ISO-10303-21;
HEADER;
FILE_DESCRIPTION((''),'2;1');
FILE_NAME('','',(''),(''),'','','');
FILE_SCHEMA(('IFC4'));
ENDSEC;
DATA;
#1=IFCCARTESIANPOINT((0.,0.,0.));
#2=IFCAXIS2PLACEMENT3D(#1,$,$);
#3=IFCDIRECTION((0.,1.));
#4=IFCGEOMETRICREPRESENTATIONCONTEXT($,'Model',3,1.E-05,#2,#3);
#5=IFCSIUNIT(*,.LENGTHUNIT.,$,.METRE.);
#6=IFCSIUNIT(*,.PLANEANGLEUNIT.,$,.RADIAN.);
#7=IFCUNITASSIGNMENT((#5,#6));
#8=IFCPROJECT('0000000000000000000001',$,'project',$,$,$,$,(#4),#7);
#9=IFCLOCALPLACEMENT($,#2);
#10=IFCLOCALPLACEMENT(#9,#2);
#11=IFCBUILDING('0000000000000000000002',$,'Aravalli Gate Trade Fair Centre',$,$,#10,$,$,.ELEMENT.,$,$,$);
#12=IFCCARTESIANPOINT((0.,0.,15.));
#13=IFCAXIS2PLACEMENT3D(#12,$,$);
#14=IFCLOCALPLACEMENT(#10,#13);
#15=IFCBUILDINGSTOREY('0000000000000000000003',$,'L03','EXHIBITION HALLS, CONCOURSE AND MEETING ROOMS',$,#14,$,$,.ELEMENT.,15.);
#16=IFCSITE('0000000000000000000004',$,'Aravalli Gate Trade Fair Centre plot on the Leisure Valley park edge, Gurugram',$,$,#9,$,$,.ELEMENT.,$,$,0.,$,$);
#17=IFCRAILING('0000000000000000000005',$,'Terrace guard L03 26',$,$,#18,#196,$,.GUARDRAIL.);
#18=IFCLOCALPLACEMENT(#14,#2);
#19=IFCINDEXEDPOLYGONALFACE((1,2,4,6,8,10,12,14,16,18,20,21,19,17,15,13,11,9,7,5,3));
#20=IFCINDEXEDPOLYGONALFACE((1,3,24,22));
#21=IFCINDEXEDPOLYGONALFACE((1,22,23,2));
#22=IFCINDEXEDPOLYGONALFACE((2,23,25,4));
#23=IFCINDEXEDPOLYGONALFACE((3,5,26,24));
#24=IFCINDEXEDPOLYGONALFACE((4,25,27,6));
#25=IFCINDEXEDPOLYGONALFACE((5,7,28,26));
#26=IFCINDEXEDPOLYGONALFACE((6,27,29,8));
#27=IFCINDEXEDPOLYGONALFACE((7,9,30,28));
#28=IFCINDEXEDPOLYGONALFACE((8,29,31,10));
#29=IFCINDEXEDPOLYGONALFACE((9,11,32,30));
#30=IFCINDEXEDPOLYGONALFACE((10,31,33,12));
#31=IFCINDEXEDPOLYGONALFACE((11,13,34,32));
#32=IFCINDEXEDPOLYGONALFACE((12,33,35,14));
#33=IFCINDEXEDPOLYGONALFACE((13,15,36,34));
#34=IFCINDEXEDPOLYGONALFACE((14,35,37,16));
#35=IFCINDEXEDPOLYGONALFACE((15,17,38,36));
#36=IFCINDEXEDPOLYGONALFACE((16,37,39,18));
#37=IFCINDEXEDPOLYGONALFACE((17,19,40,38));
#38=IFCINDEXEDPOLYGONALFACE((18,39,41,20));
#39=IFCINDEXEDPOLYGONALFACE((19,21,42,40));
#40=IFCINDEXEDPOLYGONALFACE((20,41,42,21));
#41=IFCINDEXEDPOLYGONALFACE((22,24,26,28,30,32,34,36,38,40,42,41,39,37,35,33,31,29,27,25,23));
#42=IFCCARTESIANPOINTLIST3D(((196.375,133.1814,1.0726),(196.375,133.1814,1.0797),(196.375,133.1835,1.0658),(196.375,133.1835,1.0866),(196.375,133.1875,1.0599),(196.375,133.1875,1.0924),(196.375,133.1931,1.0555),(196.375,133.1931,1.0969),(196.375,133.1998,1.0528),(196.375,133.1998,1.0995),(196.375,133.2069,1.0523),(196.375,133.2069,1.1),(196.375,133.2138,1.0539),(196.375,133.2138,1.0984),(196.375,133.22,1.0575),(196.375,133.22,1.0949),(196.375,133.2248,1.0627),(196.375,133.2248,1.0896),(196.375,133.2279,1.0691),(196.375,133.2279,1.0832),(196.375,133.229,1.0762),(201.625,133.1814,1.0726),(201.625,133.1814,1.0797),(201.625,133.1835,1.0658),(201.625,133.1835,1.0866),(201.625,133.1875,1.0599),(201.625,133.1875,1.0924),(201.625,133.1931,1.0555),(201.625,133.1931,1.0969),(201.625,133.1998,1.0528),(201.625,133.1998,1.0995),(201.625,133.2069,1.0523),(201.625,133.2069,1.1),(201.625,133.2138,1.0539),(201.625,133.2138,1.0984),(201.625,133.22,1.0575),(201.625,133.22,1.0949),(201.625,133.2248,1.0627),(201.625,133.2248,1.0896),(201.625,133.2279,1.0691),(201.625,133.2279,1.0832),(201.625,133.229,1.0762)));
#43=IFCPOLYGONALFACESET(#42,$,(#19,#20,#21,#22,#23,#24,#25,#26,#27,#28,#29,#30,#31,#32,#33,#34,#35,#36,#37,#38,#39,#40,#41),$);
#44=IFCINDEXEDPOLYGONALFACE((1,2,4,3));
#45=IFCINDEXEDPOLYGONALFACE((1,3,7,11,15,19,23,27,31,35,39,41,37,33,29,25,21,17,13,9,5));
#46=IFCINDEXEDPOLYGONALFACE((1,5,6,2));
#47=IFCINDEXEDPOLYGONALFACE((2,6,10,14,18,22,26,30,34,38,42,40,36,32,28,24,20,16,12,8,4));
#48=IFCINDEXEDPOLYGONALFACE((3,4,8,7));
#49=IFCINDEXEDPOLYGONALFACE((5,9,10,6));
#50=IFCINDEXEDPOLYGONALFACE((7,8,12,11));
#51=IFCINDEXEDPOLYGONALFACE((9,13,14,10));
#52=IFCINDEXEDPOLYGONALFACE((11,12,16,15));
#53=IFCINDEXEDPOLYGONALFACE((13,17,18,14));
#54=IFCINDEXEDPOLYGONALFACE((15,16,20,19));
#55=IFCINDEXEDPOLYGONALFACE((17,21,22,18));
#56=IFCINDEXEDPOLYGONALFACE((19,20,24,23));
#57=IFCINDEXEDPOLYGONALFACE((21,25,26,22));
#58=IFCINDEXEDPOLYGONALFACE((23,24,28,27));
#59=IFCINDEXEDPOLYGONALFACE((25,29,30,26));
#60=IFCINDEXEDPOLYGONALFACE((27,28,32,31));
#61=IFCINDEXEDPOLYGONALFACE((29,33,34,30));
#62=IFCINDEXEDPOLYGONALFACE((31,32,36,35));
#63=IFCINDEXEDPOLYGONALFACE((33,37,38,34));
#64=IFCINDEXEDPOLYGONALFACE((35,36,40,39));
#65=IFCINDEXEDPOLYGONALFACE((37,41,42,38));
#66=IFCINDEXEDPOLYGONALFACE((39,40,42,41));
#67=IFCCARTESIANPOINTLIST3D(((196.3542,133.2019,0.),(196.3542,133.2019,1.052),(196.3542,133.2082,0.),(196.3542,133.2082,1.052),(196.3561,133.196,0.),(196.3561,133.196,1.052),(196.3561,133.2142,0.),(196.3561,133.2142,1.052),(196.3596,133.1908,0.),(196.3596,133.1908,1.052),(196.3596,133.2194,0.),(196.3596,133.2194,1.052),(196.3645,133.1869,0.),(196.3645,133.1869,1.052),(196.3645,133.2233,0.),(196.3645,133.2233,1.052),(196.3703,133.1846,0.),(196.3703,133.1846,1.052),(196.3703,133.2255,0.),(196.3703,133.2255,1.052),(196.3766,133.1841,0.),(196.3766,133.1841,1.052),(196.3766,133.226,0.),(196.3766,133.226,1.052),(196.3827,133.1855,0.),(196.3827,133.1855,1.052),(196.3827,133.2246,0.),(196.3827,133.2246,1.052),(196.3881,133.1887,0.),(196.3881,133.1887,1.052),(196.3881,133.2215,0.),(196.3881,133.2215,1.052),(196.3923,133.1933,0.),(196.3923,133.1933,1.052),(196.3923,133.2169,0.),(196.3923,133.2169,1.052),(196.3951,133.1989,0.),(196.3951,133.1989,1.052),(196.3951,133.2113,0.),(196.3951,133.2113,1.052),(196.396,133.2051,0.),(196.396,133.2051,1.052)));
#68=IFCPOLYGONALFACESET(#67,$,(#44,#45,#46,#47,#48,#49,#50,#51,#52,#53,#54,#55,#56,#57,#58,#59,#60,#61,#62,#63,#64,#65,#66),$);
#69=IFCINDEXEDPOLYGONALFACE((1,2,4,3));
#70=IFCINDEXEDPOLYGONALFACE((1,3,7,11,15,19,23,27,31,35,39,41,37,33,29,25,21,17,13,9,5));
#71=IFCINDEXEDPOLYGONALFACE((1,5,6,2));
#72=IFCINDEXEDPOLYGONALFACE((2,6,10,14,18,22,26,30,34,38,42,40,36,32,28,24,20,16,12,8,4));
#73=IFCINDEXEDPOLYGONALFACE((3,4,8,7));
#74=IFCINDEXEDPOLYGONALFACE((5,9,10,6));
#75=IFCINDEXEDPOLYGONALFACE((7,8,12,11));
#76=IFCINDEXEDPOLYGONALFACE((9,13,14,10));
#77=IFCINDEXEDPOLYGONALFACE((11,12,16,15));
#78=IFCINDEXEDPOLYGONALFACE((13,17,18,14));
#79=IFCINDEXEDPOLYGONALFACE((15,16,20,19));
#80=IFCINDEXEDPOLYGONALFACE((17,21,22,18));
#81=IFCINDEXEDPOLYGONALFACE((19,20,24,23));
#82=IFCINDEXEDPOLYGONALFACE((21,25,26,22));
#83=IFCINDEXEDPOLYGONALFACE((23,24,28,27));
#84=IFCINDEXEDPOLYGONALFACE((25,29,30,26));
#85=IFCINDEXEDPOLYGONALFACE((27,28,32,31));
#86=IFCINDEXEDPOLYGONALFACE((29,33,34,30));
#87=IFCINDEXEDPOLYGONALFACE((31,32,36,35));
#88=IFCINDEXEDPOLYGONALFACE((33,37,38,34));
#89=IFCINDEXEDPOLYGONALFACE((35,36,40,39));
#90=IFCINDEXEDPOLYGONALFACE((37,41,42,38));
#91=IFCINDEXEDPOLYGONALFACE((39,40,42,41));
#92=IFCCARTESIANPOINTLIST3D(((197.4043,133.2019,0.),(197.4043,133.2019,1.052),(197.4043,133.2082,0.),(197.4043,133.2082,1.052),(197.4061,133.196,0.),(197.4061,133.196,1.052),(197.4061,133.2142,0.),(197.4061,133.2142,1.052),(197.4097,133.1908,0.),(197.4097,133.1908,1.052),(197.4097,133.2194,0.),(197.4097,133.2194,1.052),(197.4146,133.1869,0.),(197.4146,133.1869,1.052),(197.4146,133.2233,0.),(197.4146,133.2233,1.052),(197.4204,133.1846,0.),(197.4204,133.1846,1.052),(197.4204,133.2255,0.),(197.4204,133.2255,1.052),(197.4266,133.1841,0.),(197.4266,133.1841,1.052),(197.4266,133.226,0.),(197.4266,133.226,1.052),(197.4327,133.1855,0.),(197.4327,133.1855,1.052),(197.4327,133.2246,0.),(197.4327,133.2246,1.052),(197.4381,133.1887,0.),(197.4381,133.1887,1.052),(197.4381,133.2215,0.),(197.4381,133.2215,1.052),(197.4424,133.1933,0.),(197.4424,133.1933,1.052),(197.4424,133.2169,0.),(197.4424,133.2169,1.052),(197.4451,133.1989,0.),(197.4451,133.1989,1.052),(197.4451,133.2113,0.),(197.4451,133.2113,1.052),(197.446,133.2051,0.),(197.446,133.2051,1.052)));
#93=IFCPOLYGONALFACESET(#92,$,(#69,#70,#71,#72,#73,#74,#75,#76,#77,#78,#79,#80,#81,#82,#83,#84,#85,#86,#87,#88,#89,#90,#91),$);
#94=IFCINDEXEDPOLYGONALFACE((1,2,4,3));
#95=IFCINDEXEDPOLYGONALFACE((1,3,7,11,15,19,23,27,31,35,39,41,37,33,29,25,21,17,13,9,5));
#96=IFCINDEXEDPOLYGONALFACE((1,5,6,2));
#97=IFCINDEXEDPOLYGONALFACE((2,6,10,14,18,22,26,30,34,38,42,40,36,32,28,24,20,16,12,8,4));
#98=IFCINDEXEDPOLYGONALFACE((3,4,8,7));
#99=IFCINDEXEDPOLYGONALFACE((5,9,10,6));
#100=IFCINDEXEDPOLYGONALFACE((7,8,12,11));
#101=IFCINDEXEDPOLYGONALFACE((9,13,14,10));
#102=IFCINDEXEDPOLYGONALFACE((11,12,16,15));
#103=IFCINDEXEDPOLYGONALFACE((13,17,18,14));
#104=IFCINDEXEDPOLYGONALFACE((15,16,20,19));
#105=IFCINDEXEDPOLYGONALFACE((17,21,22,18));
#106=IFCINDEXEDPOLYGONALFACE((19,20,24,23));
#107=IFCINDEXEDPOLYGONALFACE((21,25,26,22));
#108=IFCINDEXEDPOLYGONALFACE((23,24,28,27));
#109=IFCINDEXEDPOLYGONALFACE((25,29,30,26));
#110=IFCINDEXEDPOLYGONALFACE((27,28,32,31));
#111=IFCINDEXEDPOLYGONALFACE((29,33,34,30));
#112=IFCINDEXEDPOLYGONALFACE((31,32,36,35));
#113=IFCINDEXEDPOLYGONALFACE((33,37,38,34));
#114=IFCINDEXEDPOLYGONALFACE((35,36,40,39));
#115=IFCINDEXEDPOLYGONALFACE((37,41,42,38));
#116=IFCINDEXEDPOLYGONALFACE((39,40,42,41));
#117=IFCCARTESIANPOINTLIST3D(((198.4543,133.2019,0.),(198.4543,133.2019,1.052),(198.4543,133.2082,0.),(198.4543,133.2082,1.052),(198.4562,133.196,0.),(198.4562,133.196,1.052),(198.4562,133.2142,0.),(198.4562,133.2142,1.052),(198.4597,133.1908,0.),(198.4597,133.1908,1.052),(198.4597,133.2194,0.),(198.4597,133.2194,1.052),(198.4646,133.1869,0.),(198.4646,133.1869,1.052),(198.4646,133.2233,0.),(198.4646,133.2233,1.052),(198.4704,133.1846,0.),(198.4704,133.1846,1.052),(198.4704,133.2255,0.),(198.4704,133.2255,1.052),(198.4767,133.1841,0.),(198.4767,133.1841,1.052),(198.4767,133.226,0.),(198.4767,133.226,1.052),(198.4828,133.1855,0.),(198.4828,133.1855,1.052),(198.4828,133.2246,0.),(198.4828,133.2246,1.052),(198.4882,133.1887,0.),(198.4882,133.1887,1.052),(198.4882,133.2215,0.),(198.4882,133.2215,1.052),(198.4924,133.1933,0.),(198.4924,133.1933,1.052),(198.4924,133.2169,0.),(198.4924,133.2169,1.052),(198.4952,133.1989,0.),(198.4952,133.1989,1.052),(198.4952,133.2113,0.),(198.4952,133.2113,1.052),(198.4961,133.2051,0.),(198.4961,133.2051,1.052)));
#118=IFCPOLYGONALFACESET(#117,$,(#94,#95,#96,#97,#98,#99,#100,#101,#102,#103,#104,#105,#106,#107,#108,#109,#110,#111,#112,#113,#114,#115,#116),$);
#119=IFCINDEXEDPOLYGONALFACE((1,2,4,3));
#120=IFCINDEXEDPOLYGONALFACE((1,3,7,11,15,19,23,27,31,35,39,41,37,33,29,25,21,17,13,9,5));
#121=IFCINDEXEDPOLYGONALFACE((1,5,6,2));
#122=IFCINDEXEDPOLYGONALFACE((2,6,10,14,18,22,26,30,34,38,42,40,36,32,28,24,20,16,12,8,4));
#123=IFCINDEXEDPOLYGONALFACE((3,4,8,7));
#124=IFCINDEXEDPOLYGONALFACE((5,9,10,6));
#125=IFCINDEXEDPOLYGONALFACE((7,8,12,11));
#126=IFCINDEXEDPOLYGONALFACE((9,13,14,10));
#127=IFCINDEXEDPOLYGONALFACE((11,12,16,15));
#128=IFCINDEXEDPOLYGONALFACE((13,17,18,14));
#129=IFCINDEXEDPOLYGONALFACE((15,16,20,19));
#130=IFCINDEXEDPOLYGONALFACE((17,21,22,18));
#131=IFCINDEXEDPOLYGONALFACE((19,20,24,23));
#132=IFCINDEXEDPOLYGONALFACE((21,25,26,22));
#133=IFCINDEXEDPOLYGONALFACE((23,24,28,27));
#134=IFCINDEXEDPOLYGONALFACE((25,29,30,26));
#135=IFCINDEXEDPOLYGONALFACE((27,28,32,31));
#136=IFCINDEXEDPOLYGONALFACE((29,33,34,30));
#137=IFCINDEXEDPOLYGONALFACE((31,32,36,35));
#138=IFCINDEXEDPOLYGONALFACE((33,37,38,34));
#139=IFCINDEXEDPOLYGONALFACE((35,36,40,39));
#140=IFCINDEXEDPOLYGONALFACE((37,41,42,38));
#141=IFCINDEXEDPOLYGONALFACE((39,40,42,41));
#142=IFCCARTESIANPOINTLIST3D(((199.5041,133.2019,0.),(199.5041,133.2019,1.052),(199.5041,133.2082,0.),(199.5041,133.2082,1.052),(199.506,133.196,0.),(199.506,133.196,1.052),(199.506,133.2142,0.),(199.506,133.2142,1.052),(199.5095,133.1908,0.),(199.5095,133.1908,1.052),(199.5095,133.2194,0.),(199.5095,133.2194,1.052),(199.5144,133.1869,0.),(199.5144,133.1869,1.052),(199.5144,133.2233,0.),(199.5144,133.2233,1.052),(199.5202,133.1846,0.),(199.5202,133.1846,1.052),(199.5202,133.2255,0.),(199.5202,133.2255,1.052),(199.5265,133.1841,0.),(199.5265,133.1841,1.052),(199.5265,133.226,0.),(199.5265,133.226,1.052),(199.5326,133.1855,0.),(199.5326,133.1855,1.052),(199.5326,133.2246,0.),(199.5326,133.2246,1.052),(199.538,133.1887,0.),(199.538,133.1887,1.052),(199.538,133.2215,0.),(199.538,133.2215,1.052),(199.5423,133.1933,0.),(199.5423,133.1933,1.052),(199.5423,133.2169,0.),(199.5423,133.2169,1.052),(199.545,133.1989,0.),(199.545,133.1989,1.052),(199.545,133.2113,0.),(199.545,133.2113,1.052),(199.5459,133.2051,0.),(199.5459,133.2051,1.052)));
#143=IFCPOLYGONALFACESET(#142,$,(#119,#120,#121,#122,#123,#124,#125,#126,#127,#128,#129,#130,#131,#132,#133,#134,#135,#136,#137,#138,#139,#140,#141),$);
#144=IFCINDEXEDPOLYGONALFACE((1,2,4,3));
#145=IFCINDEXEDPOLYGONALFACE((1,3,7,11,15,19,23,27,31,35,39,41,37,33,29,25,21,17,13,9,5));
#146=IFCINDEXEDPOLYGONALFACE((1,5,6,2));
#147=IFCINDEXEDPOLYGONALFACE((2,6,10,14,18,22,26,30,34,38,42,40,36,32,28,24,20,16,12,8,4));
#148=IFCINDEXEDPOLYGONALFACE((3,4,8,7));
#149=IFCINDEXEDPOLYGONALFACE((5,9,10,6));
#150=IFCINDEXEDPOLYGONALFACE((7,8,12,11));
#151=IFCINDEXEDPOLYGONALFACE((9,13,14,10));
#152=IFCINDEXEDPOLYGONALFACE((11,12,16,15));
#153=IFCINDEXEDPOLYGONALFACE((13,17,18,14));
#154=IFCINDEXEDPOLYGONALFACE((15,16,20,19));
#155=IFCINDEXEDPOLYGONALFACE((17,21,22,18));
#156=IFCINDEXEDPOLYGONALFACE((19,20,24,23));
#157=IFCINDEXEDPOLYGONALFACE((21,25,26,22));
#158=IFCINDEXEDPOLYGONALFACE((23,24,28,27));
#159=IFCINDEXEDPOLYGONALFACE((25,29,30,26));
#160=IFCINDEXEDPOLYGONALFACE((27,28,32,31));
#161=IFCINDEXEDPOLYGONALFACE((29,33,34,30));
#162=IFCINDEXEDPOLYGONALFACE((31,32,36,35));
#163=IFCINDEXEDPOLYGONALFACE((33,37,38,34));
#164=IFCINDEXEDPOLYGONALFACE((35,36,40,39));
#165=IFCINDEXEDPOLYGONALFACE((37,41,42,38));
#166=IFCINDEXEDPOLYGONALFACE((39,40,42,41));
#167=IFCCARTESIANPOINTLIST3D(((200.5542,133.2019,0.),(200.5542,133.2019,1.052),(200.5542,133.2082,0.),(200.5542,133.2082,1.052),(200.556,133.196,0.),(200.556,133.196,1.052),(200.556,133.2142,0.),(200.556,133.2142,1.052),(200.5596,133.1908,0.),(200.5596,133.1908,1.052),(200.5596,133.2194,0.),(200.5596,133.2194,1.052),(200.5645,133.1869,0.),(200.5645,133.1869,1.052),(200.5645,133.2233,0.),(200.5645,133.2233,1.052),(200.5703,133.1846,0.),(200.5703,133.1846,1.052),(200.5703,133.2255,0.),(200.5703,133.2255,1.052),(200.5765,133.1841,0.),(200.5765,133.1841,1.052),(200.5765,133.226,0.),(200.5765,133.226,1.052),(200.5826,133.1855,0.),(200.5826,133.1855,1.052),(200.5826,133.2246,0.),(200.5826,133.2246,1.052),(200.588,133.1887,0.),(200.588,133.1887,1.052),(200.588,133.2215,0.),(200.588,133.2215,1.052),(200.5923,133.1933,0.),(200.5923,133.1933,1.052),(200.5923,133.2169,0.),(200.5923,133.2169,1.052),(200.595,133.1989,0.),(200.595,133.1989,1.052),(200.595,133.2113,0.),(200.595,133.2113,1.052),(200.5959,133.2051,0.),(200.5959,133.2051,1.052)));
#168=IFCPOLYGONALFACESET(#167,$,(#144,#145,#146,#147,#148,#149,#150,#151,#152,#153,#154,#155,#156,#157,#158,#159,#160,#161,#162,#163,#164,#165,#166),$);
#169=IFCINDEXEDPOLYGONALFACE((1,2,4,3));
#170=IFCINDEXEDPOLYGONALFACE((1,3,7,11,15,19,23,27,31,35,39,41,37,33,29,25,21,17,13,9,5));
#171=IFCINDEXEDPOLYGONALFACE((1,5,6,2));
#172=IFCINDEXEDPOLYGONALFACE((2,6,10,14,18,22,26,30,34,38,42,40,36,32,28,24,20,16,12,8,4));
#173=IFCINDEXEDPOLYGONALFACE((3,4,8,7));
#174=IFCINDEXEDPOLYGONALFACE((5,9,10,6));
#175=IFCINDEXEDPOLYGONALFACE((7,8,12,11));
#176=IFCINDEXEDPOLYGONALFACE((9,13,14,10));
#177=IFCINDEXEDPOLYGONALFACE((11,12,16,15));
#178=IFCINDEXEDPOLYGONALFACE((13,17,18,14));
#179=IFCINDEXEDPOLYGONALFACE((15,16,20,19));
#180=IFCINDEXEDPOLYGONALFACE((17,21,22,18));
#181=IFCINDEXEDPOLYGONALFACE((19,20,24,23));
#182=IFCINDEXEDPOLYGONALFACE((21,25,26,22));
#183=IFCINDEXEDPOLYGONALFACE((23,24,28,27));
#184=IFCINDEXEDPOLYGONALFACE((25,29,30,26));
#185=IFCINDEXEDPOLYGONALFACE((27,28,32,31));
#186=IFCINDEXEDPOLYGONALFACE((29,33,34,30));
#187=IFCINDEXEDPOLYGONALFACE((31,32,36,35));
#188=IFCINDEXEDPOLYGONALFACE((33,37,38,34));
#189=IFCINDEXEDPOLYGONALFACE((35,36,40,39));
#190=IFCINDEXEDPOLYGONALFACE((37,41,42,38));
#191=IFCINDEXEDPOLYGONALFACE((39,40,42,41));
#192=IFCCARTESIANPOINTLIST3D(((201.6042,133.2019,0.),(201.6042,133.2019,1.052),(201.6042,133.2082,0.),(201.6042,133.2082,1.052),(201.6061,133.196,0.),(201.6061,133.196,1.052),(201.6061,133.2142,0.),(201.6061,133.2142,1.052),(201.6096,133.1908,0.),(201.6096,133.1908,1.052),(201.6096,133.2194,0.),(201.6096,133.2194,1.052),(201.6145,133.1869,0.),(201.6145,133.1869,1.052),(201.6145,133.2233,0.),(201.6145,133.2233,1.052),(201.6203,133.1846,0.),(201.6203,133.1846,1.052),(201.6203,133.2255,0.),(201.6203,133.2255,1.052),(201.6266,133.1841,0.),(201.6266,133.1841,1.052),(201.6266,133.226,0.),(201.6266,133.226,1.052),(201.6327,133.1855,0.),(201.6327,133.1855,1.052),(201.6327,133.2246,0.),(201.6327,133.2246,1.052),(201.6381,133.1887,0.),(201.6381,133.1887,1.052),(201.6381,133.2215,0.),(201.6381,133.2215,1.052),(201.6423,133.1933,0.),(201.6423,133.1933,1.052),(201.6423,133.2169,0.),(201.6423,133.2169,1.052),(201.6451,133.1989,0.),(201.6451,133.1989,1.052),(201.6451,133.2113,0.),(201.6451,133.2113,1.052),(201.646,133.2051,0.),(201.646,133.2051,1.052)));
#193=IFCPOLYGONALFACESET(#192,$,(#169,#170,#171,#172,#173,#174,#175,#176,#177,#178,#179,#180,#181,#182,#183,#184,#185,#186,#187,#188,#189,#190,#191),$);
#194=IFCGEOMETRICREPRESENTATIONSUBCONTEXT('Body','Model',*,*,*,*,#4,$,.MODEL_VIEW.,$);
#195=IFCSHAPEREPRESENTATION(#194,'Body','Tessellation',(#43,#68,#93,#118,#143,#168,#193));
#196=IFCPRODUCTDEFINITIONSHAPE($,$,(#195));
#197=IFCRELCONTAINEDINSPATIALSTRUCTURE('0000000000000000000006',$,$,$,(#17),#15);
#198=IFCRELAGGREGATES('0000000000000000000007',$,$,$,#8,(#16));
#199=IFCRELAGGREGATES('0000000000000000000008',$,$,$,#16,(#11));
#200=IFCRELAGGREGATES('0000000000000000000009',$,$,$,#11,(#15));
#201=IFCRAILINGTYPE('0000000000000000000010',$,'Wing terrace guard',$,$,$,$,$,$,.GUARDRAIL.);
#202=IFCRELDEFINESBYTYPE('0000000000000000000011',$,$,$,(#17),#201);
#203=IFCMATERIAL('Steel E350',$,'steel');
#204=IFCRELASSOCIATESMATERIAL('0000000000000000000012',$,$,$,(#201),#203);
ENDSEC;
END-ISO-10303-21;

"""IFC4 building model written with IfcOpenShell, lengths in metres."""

from ifc_helpers import new_model, si_unit, direction, frame, origin, origin_2d, place, context, subcontext, project, spatial, circle, extrude, material, type_object, element, save


model = new_model("IFC4")

# Units and contexts
model_context = context("Model", 3, precision=1e-05, world=origin(), true_north=direction((0.0, 1.0)))
body_context = subcontext(model_context, "Body", "Model", "MODEL_VIEW")
ifc_project = project(units=[si_unit("LENGTHUNIT", "METRE"), si_unit("PLANEANGLEUNIT", "RADIAN")], contexts=[model_context])

# Site, building, storey
site_placement = place(None, origin())
site = spatial("IfcSite", under=ifc_project, at=site_placement, Name="Aravalli Gate Trade Fair Centre plot on the Leisure Valley park edge, Gurugram", CompositionType="ELEMENT", RefElevation=0.0)
building_placement = place(site_placement, origin())
building = spatial("IfcBuilding", under=site, at=building_placement, Name="Aravalli Gate Trade Fair Centre", CompositionType="ELEMENT")
storey_placement = place(building_placement, frame((0.0, 0.0, 15.0)))
storey = spatial("IfcBuildingStorey", under=building, at=storey_placement, Name="L03", Description="EXHIBITION HALLS, CONCOURSE AND MEETING ROOMS", CompositionType="ELEMENT", Elevation=15.0)

# Shared definitions
ifc_material_1 = material(Name="Steel E350", Category="steel")

# Railing
railing_type = type_object("IfcRailingType", Name="Wing terrace guard", PredefinedType="GUARDRAIL", material=ifc_material_1)
railing_1_placement = place(storey_placement, frame((196.375, 133.2051, 0.0)))
element("IfcRailing", 1, at=railing_1_placement, inside=storey, type_object=railing_type, Name="Terrace guard L03 26", PredefinedType="GUARDRAIL", context=body_context, shape_type="SweptSolid", body=[
    extrude(circle(Radius=0.0239, at=origin_2d()), frame((0.0, 0.0, 1.0762), z_axis=(1.0, 0.0, 0.0), x_axis=(0.0, 1.0, 0.0)), (0.0, 0.0, 1.0), 5.25),
    extrude(circle(Radius=0.021, at=origin_2d()), origin(), (0.0, 0.0, 1.0), 1.052),
    extrude(circle(Radius=0.021, at=origin_2d()), frame((1.05, 0.0, 0.0)), (0.0, 0.0, 1.0), 1.052),
    extrude(circle(Radius=0.021, at=origin_2d()), frame((2.1001, 0.0, 0.0)), (0.0, 0.0, 1.0), 1.052),
    extrude(circle(Radius=0.021, at=origin_2d()), frame((3.1499, 0.0, 0.0)), (0.0, 0.0, 1.0), 1.052),
    extrude(circle(Radius=0.021, at=origin_2d()), frame((4.2, 0.0, 0.0)), (0.0, 0.0, 1.0), 1.052),
    extrude(circle(Radius=0.021, at=origin_2d()), frame((5.25, 0.0, 0.0)), (0.0, 0.0, 1.0), 1.052),
])

save(model, "model.ifc")
